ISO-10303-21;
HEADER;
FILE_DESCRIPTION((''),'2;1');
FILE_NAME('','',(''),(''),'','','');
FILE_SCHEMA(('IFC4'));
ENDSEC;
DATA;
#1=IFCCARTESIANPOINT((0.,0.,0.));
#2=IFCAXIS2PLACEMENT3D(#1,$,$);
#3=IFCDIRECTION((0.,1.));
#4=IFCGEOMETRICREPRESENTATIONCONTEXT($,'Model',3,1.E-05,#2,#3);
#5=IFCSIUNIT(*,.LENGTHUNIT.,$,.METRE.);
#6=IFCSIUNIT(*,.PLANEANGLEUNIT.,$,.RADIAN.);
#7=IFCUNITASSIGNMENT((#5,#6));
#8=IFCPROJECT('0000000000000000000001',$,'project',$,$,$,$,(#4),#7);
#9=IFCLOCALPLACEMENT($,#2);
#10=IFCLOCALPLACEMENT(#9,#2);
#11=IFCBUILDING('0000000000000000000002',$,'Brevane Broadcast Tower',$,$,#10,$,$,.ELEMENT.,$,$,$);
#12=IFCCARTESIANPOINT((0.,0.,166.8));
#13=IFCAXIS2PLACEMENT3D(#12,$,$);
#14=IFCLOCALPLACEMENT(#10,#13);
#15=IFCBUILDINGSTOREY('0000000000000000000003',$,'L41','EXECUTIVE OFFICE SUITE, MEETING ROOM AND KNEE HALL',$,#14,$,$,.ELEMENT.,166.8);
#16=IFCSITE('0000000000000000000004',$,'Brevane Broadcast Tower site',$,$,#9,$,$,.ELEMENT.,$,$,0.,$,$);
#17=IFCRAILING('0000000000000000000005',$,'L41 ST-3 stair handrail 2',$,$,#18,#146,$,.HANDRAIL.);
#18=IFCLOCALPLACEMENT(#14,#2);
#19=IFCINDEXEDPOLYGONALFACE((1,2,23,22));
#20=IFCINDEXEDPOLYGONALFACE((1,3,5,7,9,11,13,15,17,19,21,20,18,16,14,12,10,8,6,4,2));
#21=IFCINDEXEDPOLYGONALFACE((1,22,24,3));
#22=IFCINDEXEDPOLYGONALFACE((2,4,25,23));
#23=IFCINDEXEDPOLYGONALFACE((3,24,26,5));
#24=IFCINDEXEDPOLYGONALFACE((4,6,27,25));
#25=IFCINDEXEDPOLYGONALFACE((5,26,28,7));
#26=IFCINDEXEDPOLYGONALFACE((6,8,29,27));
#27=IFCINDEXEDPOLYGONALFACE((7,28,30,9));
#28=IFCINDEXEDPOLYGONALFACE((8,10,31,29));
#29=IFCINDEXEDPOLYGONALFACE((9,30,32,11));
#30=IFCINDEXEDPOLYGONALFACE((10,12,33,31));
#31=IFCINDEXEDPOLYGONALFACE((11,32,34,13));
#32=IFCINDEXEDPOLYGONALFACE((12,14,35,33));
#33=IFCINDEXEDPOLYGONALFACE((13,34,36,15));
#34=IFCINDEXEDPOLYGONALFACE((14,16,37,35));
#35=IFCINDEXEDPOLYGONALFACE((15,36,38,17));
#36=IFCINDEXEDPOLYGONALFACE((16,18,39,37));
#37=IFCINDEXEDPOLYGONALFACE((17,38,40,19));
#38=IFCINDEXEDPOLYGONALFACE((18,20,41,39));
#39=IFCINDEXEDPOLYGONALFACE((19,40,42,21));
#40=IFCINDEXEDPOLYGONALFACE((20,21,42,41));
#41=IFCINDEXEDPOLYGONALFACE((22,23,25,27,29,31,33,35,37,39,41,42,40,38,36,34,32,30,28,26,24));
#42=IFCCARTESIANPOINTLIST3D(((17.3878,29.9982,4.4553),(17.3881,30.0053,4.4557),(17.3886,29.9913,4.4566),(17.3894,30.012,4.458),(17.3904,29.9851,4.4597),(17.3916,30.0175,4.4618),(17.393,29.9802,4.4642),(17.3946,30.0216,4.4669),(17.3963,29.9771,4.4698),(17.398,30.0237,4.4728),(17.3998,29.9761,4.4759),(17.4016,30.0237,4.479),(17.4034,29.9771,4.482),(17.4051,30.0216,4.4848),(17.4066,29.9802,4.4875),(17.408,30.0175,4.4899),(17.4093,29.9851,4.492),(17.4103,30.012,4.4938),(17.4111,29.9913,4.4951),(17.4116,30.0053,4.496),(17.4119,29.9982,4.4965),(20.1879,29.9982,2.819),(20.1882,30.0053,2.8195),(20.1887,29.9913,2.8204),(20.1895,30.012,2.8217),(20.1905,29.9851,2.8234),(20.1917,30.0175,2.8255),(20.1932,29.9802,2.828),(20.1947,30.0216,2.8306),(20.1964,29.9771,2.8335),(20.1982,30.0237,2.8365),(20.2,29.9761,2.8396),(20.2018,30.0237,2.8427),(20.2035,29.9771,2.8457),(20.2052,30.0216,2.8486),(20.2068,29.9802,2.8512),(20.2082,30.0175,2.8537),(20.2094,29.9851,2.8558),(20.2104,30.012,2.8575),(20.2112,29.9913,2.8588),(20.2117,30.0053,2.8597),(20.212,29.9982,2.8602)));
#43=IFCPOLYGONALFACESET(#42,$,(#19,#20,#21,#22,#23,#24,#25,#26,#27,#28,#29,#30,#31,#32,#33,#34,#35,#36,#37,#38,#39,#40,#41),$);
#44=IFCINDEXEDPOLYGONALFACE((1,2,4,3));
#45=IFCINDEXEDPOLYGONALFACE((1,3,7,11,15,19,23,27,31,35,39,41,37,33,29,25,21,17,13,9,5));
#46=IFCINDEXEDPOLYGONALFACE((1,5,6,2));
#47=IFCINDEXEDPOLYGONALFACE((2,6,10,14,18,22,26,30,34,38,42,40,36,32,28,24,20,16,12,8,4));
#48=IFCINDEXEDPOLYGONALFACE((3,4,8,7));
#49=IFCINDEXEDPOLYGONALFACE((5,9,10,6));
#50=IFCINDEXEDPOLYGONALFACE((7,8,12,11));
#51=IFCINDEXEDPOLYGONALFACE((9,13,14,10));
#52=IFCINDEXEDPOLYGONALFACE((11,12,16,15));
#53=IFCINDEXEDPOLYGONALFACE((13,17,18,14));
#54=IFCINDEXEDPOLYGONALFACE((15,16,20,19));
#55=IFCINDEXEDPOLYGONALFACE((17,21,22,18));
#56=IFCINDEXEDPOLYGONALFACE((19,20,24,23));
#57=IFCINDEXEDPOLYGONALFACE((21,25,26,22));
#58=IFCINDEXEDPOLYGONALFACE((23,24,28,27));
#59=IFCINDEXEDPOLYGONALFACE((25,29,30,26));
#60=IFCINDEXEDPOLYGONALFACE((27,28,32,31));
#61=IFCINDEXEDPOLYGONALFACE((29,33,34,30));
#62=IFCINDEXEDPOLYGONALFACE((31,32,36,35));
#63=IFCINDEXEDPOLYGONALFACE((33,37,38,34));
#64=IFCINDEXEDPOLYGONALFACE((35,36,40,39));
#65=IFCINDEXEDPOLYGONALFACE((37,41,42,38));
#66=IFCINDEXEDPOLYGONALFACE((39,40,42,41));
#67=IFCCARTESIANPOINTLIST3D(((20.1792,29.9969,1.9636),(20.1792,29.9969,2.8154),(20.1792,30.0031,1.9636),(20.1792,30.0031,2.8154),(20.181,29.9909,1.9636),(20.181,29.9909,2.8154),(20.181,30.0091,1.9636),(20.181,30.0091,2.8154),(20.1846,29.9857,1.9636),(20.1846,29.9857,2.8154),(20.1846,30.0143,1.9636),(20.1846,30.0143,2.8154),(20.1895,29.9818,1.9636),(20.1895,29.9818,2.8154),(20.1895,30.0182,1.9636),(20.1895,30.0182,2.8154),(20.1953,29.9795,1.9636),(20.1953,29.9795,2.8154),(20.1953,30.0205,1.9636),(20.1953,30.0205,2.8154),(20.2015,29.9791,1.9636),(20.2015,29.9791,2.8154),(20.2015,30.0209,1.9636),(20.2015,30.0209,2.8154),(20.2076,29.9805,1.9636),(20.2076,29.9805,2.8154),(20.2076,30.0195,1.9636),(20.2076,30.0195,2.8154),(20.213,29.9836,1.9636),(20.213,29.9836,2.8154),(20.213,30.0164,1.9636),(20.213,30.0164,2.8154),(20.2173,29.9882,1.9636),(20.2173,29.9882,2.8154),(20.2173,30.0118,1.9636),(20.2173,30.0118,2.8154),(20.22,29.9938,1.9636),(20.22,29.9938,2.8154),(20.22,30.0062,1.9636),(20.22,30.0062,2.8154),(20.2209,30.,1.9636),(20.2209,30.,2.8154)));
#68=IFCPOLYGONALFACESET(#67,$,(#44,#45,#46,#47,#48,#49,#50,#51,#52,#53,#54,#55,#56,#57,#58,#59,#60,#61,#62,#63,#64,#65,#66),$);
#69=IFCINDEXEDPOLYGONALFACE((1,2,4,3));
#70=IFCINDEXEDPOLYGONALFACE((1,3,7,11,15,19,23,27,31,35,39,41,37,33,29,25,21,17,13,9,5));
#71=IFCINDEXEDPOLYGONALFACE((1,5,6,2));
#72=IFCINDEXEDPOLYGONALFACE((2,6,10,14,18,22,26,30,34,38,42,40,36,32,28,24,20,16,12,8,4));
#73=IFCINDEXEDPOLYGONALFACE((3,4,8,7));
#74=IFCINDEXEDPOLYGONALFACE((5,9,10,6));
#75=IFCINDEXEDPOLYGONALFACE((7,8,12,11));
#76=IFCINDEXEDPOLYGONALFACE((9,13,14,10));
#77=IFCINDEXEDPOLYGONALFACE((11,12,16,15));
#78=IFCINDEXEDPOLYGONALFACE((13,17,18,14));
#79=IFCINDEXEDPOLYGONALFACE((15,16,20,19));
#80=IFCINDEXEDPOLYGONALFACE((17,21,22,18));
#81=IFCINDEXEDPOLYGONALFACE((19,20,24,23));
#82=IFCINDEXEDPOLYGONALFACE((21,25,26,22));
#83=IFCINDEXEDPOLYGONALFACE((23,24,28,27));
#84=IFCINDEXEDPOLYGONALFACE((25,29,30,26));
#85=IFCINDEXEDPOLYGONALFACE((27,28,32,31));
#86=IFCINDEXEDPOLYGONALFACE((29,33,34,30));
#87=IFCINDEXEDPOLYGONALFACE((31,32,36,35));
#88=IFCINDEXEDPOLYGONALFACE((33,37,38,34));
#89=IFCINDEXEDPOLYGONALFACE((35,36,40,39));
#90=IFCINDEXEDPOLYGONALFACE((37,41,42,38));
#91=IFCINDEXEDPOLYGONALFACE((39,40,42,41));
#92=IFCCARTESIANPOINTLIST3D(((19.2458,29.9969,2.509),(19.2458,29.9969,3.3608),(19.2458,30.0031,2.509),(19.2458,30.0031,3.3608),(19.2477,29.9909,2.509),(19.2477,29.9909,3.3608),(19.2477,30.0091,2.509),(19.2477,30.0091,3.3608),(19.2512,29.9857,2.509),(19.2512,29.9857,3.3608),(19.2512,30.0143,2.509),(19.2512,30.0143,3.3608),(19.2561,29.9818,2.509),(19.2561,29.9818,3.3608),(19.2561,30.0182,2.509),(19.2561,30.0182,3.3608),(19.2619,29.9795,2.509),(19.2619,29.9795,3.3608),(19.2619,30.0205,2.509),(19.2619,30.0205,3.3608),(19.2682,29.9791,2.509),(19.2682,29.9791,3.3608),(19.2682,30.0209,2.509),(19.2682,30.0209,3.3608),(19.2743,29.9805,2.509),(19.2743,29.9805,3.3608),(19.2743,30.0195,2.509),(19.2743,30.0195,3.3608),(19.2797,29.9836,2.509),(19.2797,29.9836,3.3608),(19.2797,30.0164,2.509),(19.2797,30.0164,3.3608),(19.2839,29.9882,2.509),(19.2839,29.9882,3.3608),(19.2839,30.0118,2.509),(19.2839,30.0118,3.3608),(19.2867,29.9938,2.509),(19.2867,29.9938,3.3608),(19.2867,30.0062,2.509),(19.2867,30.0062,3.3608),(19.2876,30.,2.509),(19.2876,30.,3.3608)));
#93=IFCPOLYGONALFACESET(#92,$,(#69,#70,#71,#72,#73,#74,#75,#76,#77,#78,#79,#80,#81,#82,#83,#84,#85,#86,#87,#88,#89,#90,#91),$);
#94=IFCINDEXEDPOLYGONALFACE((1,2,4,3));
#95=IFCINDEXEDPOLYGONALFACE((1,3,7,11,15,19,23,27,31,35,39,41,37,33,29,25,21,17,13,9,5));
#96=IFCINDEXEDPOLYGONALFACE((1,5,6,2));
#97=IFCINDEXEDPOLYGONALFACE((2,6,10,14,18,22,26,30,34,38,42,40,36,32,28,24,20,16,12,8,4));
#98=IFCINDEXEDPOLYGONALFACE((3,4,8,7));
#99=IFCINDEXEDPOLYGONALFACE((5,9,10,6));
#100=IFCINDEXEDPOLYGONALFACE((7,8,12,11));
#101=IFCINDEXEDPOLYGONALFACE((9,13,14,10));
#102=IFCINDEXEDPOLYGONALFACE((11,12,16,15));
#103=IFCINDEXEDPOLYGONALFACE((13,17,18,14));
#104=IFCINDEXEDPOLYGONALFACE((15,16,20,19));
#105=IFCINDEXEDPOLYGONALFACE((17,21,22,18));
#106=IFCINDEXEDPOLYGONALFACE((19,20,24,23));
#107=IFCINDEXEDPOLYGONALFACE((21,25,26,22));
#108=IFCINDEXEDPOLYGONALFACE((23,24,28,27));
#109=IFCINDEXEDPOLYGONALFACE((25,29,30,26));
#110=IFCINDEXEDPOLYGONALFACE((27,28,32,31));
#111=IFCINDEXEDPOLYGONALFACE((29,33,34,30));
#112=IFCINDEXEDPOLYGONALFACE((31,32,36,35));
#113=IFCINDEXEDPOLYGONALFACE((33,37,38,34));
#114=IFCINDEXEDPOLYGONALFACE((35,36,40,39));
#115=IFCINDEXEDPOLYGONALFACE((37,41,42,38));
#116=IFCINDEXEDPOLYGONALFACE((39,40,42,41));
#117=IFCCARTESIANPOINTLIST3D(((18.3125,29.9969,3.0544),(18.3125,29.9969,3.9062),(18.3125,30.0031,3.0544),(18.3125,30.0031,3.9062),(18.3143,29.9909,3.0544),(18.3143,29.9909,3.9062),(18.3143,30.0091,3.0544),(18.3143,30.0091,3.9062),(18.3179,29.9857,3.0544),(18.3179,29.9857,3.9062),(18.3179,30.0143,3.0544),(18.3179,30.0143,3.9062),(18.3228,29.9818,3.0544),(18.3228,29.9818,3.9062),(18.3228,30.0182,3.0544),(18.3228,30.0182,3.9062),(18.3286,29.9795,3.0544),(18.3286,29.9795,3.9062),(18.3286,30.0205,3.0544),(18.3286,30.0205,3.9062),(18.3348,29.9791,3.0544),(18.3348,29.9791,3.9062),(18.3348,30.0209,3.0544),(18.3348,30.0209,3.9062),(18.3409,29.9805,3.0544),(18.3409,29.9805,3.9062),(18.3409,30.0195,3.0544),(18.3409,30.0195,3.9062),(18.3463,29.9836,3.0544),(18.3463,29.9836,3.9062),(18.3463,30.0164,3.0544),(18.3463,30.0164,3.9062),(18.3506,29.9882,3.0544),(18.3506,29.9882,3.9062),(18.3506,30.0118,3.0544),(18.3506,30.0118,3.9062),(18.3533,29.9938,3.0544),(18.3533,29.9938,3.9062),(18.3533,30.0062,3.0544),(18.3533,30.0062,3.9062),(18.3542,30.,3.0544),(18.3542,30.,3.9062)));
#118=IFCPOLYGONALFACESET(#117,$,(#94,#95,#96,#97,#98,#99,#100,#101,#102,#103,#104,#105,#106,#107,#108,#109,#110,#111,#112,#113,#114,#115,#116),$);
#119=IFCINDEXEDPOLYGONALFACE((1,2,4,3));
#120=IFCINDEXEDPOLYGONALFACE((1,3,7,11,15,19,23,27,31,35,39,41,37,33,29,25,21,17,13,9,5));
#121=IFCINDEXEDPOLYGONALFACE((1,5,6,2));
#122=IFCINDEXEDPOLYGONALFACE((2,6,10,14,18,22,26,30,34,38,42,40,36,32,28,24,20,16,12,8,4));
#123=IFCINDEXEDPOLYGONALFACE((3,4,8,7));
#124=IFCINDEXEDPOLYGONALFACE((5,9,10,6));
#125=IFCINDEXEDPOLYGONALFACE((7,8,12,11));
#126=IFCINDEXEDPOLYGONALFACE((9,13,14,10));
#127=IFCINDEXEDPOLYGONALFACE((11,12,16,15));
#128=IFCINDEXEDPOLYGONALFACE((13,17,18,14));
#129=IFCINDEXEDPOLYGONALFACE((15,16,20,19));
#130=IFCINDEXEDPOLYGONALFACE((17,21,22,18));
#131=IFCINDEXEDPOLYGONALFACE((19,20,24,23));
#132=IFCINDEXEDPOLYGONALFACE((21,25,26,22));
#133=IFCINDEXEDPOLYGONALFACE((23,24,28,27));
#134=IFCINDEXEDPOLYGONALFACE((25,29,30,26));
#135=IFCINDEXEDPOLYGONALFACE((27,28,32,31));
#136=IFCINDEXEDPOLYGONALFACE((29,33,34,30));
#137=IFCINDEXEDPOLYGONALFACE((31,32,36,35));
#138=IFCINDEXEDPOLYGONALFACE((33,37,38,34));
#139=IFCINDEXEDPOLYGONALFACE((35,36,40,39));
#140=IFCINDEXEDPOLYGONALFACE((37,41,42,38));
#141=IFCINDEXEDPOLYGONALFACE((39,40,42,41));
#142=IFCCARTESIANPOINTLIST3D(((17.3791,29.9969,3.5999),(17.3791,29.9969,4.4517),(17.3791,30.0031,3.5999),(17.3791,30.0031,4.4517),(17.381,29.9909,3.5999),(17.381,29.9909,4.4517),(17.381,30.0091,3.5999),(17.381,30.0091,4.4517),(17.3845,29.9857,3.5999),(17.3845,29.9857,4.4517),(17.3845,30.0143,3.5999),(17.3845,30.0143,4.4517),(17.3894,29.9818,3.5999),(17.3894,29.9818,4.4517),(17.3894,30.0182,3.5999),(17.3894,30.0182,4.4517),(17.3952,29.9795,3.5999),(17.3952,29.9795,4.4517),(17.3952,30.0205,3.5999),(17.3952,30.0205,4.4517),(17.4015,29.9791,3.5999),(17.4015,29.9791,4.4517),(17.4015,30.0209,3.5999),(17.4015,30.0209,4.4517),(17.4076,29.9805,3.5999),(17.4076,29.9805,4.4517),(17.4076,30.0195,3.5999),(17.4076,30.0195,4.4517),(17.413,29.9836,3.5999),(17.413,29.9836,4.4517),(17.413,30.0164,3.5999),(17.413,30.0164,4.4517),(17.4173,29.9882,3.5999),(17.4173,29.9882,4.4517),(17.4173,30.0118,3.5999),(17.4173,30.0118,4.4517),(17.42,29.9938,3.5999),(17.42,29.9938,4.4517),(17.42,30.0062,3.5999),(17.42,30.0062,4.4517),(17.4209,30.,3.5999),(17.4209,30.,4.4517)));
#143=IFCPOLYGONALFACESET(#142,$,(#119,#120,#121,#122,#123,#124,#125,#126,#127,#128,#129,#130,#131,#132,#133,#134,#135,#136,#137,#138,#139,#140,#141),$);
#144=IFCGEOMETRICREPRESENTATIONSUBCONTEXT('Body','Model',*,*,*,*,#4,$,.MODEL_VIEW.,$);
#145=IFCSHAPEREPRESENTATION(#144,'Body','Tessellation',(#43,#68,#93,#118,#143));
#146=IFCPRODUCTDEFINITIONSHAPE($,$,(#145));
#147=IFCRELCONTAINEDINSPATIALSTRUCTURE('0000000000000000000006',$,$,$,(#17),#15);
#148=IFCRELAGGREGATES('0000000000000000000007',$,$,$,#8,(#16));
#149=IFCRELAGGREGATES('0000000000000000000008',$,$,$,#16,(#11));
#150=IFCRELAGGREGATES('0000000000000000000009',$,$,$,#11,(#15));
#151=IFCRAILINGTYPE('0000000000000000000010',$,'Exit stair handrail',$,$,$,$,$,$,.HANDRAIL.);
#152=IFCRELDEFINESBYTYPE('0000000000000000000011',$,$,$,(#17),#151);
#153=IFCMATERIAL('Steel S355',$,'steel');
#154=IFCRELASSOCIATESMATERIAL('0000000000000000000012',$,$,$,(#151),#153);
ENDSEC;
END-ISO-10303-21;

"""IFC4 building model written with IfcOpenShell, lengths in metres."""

from ifc_helpers import new_model, si_unit, direction, frame, origin, origin_2d, place, context, subcontext, project, spatial, circle, extrude, material, type_object, element, save


model = new_model("IFC4")

# Units and contexts
model_context = context("Model", 3, precision=1e-05, world=origin(), true_north=direction((0.0, 1.0)))
body_context = subcontext(model_context, "Body", "Model", "MODEL_VIEW")
ifc_project = project(units=[si_unit("LENGTHUNIT", "METRE"), si_unit("PLANEANGLEUNIT", "RADIAN")], contexts=[model_context])

# Site, building, storey
site_placement = place(None, origin())
site = spatial("IfcSite", under=ifc_project, at=site_placement, Name="Brevane Broadcast Tower site", CompositionType="ELEMENT", RefElevation=0.0)
building_placement = place(site_placement, origin())
building = spatial("IfcBuilding", under=site, at=building_placement, Name="Brevane Broadcast Tower", CompositionType="ELEMENT")
storey_placement = place(building_placement, frame((0.0, 0.0, 166.8)))
storey = spatial("IfcBuildingStorey", under=building, at=storey_placement, Name="L41", Description="EXECUTIVE OFFICE SUITE, MEETING ROOM AND KNEE HALL", CompositionType="ELEMENT", Elevation=166.8)

# Railing
ifc_material_1 = material(Name="Steel S355", Category="steel")
railing_type_1 = type_object("IfcRailingType", Name="Exit stair handrail", PredefinedType="HANDRAIL", material=ifc_material_1)
railing_1_placement = place(storey_placement, frame((20.2, 30.0, 1.9636)))
element("IfcRailing", 1, at=railing_1_placement, inside=storey, type_object=railing_type_1, Name="L41 ST-3 stair handrail 2", PredefinedType="HANDRAIL", context=body_context, shape_type="SweptSolid", body=[
    extrude(circle(Radius=0.0239, at=origin_2d()), frame((0.0, 0.0, 0.876), z_axis=(-0.863394, 0.0, 0.504531), x_axis=(0.0, -1.0, 0.0)), (0.0, 0.0, 1.0), 3.2432),
    extrude(circle(Radius=0.021, at=origin_2d()), origin(), (0.0, 0.0, 1.0), 0.8518),
    extrude(circle(Radius=0.021, at=origin_2d()), frame((-0.9333, 0.0, 0.5454)), (0.0, 0.0, 1.0), 0.8518),
    extrude(circle(Radius=0.021, at=origin_2d()), frame((-1.8667, 0.0, 1.0908)), (0.0, 0.0, 1.0), 0.8518),
    extrude(circle(Radius=0.021, at=origin_2d()), frame((-2.8, 0.0, 1.6362)), (0.0, 0.0, 1.0), 0.8518),
])

save(model, "model.ifc")
